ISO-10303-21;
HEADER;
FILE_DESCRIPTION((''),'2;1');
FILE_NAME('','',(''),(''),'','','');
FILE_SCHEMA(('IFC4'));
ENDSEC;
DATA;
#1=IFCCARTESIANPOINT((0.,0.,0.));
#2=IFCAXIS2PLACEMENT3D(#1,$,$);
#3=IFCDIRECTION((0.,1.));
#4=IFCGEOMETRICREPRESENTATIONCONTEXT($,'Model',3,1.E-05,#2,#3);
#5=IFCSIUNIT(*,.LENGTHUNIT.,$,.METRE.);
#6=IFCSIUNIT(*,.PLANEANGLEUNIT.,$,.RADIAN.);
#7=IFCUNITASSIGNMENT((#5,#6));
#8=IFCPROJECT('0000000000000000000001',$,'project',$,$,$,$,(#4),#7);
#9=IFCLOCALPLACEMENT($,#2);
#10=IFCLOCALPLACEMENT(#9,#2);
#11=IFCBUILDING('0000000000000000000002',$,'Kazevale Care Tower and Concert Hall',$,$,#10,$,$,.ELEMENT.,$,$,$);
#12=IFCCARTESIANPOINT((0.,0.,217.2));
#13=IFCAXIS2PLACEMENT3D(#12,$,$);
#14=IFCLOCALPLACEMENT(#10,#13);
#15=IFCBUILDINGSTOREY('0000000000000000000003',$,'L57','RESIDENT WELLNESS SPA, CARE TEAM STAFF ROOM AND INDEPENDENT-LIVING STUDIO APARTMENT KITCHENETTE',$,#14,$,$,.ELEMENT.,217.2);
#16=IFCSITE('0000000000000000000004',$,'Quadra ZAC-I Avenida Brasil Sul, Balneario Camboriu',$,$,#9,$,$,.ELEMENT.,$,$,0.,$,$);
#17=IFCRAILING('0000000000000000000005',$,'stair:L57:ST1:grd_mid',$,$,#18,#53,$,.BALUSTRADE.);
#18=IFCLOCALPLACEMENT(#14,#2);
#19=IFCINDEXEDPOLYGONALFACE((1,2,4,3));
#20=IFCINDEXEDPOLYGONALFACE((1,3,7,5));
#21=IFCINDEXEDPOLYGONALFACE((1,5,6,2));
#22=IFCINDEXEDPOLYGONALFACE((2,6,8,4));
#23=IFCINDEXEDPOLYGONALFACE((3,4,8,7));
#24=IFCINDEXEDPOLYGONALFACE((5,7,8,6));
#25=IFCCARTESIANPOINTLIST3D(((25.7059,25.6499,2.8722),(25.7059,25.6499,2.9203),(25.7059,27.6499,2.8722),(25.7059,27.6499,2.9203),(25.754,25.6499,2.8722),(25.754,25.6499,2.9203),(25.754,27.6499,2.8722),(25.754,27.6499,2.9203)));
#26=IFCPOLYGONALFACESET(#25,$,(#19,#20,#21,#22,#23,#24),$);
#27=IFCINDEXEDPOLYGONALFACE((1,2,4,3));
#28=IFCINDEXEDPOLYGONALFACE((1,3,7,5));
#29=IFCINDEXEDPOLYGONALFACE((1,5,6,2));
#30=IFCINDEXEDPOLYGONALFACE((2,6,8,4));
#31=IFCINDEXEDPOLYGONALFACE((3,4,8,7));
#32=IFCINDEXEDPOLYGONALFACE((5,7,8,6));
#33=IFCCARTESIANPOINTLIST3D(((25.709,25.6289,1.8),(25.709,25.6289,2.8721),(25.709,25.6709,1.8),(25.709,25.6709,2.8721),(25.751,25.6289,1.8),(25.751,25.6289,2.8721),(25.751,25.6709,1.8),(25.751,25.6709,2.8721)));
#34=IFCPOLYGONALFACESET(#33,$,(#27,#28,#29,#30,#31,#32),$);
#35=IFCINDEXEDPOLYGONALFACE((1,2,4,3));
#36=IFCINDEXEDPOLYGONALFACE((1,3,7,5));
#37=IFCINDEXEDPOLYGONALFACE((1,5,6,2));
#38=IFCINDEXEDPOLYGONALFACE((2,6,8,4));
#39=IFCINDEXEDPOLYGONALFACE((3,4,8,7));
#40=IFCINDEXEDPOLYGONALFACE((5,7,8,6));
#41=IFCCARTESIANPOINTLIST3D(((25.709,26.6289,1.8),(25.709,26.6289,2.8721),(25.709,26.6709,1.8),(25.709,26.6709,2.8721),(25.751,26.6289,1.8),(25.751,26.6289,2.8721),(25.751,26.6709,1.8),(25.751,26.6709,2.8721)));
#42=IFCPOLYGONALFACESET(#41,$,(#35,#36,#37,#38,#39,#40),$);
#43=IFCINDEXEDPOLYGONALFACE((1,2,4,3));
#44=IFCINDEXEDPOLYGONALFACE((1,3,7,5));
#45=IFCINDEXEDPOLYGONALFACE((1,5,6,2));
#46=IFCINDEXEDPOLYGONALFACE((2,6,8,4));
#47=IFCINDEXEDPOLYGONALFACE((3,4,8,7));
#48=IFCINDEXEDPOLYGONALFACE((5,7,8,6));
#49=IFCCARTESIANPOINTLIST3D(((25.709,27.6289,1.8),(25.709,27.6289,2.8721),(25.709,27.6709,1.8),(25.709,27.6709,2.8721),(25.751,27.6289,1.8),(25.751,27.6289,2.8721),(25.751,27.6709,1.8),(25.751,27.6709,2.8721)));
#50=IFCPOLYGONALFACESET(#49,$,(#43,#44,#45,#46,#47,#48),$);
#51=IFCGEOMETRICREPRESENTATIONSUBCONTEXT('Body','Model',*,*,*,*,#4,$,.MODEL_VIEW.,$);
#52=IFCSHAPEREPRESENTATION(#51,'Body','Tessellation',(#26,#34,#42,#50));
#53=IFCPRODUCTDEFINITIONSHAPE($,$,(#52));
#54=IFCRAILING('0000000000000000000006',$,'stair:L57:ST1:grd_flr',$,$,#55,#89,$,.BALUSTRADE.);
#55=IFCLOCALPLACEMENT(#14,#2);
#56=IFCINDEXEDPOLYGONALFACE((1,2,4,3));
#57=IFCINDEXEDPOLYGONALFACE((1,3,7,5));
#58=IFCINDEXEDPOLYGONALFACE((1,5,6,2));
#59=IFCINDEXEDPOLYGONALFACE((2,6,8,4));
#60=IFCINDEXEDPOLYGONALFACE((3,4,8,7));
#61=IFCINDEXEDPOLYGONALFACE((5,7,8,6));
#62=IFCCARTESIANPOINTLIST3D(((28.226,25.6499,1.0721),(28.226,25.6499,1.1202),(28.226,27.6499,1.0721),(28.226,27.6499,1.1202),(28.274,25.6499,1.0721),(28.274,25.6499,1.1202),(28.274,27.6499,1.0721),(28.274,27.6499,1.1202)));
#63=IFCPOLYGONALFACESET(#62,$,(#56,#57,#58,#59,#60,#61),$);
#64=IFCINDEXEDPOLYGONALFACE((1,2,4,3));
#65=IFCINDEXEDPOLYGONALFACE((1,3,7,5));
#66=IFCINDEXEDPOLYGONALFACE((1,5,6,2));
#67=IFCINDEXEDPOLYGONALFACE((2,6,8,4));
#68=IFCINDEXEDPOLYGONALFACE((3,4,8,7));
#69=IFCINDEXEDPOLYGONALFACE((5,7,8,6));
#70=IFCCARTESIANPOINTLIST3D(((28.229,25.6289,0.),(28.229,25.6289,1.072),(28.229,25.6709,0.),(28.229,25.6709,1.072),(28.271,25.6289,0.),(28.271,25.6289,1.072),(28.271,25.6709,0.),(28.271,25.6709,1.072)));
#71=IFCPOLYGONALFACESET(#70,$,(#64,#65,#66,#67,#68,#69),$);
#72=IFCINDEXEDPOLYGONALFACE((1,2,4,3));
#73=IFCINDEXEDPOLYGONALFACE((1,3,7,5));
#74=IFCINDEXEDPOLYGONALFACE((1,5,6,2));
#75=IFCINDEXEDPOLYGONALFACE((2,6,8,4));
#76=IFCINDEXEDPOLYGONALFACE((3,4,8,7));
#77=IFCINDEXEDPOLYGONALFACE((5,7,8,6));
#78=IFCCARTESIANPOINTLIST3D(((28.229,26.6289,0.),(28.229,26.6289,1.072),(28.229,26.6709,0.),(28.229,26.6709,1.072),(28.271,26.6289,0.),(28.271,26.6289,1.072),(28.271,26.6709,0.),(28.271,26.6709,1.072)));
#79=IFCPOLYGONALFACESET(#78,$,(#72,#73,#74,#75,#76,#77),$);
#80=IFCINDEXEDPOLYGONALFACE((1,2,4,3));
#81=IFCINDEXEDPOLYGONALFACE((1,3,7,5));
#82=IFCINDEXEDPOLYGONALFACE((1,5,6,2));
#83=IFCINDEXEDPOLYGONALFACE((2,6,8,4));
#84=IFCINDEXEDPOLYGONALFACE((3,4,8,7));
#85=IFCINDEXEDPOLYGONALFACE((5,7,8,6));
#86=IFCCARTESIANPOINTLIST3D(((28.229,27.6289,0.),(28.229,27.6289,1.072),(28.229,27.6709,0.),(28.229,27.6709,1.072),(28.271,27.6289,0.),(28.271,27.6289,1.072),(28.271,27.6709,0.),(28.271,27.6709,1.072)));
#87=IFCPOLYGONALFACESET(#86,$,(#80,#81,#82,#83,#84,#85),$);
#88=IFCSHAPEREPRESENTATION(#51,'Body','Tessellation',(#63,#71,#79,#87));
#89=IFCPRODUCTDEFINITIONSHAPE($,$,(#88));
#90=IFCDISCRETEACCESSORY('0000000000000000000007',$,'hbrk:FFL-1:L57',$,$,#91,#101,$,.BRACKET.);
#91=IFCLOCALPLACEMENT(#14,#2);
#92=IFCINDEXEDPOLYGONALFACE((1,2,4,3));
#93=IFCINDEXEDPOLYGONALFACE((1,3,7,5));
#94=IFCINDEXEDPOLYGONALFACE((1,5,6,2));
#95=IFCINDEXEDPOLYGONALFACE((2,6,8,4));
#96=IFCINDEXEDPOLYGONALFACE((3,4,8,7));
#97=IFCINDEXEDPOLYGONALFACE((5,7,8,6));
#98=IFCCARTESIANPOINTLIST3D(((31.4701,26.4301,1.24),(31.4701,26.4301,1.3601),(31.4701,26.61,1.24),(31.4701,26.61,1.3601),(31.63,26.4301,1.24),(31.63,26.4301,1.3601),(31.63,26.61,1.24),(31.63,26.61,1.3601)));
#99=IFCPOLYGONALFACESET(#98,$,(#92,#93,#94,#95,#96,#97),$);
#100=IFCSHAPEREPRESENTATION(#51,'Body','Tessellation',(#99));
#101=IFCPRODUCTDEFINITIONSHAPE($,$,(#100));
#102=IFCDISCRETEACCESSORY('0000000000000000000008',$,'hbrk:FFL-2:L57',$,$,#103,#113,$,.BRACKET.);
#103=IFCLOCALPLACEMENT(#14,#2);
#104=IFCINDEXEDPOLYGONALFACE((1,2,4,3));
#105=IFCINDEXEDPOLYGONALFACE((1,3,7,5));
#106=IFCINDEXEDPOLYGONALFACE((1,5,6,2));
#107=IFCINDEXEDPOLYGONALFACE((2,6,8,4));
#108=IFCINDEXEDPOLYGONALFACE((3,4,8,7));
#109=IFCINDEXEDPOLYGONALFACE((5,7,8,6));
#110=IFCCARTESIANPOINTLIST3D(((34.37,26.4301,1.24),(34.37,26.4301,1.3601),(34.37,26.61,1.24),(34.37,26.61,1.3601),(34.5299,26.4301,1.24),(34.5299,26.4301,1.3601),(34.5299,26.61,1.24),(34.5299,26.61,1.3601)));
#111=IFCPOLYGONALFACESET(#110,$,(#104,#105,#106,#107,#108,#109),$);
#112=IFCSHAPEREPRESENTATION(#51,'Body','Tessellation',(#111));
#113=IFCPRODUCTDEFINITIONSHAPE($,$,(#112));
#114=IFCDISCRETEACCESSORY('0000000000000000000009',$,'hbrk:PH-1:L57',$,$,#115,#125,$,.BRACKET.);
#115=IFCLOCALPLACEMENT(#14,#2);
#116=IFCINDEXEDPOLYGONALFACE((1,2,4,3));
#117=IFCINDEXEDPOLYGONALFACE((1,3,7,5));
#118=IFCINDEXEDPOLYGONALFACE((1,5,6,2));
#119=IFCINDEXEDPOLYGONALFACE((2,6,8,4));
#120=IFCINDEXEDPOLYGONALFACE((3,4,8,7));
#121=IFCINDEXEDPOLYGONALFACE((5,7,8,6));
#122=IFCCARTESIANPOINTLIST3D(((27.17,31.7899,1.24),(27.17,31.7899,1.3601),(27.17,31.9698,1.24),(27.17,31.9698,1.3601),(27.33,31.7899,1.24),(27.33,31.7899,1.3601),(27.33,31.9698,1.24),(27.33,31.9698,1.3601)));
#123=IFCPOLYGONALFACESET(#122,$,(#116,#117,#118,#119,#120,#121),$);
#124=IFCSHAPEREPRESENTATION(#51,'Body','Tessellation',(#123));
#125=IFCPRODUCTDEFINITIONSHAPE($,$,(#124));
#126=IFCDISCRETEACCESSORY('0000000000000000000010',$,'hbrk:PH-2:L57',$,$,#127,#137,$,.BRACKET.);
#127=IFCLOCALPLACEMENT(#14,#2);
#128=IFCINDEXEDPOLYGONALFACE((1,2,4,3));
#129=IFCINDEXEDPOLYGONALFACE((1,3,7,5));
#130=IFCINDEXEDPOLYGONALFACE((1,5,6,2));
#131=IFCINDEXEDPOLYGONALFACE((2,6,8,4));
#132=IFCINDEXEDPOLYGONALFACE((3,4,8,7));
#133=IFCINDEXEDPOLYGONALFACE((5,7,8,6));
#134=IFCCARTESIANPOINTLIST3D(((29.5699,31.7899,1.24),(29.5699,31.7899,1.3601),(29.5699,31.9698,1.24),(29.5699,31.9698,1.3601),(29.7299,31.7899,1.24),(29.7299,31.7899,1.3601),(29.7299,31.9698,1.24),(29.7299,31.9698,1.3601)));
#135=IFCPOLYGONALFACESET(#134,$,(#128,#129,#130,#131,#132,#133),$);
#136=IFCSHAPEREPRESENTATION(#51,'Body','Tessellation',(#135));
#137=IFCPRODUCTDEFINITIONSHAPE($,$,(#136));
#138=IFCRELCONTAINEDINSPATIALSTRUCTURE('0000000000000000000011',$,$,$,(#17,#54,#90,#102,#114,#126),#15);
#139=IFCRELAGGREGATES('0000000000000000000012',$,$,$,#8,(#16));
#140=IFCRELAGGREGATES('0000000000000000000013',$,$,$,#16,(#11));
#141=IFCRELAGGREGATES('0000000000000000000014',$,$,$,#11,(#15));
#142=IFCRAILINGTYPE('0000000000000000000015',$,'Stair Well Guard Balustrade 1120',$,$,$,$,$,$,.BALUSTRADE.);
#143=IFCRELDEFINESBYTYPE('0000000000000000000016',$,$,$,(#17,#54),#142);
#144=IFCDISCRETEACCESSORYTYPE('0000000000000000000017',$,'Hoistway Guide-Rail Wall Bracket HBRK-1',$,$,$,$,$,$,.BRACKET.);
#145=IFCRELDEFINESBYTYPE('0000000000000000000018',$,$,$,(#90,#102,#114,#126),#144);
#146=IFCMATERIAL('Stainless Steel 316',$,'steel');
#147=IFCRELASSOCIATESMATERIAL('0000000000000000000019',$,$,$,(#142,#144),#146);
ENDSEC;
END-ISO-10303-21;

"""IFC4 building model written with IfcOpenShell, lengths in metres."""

from ifc_helpers import new_model, si_unit, direction, frame, origin, origin_2d, place, context, subcontext, project, spatial, rectangle, extrude, material, type_object, element, save


model = new_model("IFC4")

# Units and contexts
model_context = context("Model", 3, precision=1e-05, world=origin(), true_north=direction((0.0, 1.0)))
body_context = subcontext(model_context, "Body", "Model", "MODEL_VIEW")
ifc_project = project(units=[si_unit("LENGTHUNIT", "METRE"), si_unit("PLANEANGLEUNIT", "RADIAN")], contexts=[model_context])

# Site, building, storey
site_placement = place(None, origin())
site = spatial("IfcSite", under=ifc_project, at=site_placement, Name="Quadra ZAC-I Avenida Brasil Sul, Balneario Camboriu", CompositionType="ELEMENT", RefElevation=0.0)
building_placement = place(site_placement, origin())
building = spatial("IfcBuilding", under=site, at=building_placement, Name="Kazevale Care Tower and Concert Hall", CompositionType="ELEMENT")
storey_placement = place(building_placement, frame((0.0, 0.0, 217.2)))
storey = spatial("IfcBuildingStorey", under=building, at=storey_placement, Name="L57", Description="RESIDENT WELLNESS SPA, CARE TEAM STAFF ROOM AND INDEPENDENT-LIVING STUDIO APARTMENT KITCHENETTE", CompositionType="ELEMENT", Elevation=217.2)

# Shared definitions
ifc_material_1 = material(Name="Stainless Steel 316", Category="steel")

# Railings
railing_type_1 = type_object("IfcRailingType", Name="Stair Well Guard Balustrade 1120", PredefinedType="BALUSTRADE", material=ifc_material_1)
for number, where, name in (
    (1, (25.73, 25.6499, 1.8), "stair:L57:ST1:grd_mid"),
    (2, (28.25, 25.6499, 0.0), "stair:L57:ST1:grd_flr"),
):
    element("IfcRailing", number, at=place(storey_placement, frame(where)), inside=storey, type_object=railing_type_1, Name=name, PredefinedType="BALUSTRADE", context=body_context, shape_type="SweptSolid", body=[
        extrude(rectangle(XDim=0.0481, YDim=0.0481, at=origin_2d()), frame((0.0, 0.0, 1.0962), z_axis=(0.0, 1.0, 0.0), x_axis=(-1.0, 0.0, 0.0)), (0.0, 0.0, 1.0), 2.0),
        extrude(rectangle(XDim=0.042, YDim=0.042, at=origin_2d()), origin(), (0.0, 0.0, 1.0), 1.072),
        extrude(rectangle(XDim=0.042, YDim=0.042, at=origin_2d()), frame((0.0, 1.0, 0.0)), (0.0, 0.0, 1.0), 1.072),
        extrude(rectangle(XDim=0.042, YDim=0.042, at=origin_2d()), frame((0.0, 2.0, 0.0)), (0.0, 0.0, 1.0), 1.072),
    ])

# Discrete accessories
discrete_accessory_type = type_object("IfcDiscreteAccessoryType", Name="Hoistway Guide-Rail Wall Bracket HBRK-1", PredefinedType="BRACKET", material=ifc_material_1)
for number, where, z_axis, x_axis, name in (
    (3, (31.55, 26.52, 1.24), (0.0, 0.0, 1.0), (1.0, 0.0, 0.0), "hbrk:FFL-1:L57"),
    (4, (34.45, 26.52, 1.24), (0.0, 0.0, 1.0), (1.0, 0.0, 0.0), "hbrk:FFL-2:L57"),
    (5, (27.25, 31.8799, 1.24), (0.0, 0.0, 1.0), (1.0, 0.0, 0.0), "hbrk:PH-1:L57"),
    (6, (29.6499, 31.8799, 1.24), (0.0, 0.0, 1.0), (1.0, 0.0, 0.0), "hbrk:PH-2:L57"),
):
    element("IfcDiscreteAccessory", number, at=place(storey_placement, frame(where, z_axis=z_axis, x_axis=x_axis)), inside=storey, type_object=discrete_accessory_type, Name=name, PredefinedType="BRACKET", context=body_context, shape_type="SweptSolid", body=[
        extrude(rectangle(XDim=0.1599, YDim=0.1799, at=origin_2d()), origin(), (0.0, 0.0, 1.0), 0.1201),
    ])

save(model, "model.ifc")
